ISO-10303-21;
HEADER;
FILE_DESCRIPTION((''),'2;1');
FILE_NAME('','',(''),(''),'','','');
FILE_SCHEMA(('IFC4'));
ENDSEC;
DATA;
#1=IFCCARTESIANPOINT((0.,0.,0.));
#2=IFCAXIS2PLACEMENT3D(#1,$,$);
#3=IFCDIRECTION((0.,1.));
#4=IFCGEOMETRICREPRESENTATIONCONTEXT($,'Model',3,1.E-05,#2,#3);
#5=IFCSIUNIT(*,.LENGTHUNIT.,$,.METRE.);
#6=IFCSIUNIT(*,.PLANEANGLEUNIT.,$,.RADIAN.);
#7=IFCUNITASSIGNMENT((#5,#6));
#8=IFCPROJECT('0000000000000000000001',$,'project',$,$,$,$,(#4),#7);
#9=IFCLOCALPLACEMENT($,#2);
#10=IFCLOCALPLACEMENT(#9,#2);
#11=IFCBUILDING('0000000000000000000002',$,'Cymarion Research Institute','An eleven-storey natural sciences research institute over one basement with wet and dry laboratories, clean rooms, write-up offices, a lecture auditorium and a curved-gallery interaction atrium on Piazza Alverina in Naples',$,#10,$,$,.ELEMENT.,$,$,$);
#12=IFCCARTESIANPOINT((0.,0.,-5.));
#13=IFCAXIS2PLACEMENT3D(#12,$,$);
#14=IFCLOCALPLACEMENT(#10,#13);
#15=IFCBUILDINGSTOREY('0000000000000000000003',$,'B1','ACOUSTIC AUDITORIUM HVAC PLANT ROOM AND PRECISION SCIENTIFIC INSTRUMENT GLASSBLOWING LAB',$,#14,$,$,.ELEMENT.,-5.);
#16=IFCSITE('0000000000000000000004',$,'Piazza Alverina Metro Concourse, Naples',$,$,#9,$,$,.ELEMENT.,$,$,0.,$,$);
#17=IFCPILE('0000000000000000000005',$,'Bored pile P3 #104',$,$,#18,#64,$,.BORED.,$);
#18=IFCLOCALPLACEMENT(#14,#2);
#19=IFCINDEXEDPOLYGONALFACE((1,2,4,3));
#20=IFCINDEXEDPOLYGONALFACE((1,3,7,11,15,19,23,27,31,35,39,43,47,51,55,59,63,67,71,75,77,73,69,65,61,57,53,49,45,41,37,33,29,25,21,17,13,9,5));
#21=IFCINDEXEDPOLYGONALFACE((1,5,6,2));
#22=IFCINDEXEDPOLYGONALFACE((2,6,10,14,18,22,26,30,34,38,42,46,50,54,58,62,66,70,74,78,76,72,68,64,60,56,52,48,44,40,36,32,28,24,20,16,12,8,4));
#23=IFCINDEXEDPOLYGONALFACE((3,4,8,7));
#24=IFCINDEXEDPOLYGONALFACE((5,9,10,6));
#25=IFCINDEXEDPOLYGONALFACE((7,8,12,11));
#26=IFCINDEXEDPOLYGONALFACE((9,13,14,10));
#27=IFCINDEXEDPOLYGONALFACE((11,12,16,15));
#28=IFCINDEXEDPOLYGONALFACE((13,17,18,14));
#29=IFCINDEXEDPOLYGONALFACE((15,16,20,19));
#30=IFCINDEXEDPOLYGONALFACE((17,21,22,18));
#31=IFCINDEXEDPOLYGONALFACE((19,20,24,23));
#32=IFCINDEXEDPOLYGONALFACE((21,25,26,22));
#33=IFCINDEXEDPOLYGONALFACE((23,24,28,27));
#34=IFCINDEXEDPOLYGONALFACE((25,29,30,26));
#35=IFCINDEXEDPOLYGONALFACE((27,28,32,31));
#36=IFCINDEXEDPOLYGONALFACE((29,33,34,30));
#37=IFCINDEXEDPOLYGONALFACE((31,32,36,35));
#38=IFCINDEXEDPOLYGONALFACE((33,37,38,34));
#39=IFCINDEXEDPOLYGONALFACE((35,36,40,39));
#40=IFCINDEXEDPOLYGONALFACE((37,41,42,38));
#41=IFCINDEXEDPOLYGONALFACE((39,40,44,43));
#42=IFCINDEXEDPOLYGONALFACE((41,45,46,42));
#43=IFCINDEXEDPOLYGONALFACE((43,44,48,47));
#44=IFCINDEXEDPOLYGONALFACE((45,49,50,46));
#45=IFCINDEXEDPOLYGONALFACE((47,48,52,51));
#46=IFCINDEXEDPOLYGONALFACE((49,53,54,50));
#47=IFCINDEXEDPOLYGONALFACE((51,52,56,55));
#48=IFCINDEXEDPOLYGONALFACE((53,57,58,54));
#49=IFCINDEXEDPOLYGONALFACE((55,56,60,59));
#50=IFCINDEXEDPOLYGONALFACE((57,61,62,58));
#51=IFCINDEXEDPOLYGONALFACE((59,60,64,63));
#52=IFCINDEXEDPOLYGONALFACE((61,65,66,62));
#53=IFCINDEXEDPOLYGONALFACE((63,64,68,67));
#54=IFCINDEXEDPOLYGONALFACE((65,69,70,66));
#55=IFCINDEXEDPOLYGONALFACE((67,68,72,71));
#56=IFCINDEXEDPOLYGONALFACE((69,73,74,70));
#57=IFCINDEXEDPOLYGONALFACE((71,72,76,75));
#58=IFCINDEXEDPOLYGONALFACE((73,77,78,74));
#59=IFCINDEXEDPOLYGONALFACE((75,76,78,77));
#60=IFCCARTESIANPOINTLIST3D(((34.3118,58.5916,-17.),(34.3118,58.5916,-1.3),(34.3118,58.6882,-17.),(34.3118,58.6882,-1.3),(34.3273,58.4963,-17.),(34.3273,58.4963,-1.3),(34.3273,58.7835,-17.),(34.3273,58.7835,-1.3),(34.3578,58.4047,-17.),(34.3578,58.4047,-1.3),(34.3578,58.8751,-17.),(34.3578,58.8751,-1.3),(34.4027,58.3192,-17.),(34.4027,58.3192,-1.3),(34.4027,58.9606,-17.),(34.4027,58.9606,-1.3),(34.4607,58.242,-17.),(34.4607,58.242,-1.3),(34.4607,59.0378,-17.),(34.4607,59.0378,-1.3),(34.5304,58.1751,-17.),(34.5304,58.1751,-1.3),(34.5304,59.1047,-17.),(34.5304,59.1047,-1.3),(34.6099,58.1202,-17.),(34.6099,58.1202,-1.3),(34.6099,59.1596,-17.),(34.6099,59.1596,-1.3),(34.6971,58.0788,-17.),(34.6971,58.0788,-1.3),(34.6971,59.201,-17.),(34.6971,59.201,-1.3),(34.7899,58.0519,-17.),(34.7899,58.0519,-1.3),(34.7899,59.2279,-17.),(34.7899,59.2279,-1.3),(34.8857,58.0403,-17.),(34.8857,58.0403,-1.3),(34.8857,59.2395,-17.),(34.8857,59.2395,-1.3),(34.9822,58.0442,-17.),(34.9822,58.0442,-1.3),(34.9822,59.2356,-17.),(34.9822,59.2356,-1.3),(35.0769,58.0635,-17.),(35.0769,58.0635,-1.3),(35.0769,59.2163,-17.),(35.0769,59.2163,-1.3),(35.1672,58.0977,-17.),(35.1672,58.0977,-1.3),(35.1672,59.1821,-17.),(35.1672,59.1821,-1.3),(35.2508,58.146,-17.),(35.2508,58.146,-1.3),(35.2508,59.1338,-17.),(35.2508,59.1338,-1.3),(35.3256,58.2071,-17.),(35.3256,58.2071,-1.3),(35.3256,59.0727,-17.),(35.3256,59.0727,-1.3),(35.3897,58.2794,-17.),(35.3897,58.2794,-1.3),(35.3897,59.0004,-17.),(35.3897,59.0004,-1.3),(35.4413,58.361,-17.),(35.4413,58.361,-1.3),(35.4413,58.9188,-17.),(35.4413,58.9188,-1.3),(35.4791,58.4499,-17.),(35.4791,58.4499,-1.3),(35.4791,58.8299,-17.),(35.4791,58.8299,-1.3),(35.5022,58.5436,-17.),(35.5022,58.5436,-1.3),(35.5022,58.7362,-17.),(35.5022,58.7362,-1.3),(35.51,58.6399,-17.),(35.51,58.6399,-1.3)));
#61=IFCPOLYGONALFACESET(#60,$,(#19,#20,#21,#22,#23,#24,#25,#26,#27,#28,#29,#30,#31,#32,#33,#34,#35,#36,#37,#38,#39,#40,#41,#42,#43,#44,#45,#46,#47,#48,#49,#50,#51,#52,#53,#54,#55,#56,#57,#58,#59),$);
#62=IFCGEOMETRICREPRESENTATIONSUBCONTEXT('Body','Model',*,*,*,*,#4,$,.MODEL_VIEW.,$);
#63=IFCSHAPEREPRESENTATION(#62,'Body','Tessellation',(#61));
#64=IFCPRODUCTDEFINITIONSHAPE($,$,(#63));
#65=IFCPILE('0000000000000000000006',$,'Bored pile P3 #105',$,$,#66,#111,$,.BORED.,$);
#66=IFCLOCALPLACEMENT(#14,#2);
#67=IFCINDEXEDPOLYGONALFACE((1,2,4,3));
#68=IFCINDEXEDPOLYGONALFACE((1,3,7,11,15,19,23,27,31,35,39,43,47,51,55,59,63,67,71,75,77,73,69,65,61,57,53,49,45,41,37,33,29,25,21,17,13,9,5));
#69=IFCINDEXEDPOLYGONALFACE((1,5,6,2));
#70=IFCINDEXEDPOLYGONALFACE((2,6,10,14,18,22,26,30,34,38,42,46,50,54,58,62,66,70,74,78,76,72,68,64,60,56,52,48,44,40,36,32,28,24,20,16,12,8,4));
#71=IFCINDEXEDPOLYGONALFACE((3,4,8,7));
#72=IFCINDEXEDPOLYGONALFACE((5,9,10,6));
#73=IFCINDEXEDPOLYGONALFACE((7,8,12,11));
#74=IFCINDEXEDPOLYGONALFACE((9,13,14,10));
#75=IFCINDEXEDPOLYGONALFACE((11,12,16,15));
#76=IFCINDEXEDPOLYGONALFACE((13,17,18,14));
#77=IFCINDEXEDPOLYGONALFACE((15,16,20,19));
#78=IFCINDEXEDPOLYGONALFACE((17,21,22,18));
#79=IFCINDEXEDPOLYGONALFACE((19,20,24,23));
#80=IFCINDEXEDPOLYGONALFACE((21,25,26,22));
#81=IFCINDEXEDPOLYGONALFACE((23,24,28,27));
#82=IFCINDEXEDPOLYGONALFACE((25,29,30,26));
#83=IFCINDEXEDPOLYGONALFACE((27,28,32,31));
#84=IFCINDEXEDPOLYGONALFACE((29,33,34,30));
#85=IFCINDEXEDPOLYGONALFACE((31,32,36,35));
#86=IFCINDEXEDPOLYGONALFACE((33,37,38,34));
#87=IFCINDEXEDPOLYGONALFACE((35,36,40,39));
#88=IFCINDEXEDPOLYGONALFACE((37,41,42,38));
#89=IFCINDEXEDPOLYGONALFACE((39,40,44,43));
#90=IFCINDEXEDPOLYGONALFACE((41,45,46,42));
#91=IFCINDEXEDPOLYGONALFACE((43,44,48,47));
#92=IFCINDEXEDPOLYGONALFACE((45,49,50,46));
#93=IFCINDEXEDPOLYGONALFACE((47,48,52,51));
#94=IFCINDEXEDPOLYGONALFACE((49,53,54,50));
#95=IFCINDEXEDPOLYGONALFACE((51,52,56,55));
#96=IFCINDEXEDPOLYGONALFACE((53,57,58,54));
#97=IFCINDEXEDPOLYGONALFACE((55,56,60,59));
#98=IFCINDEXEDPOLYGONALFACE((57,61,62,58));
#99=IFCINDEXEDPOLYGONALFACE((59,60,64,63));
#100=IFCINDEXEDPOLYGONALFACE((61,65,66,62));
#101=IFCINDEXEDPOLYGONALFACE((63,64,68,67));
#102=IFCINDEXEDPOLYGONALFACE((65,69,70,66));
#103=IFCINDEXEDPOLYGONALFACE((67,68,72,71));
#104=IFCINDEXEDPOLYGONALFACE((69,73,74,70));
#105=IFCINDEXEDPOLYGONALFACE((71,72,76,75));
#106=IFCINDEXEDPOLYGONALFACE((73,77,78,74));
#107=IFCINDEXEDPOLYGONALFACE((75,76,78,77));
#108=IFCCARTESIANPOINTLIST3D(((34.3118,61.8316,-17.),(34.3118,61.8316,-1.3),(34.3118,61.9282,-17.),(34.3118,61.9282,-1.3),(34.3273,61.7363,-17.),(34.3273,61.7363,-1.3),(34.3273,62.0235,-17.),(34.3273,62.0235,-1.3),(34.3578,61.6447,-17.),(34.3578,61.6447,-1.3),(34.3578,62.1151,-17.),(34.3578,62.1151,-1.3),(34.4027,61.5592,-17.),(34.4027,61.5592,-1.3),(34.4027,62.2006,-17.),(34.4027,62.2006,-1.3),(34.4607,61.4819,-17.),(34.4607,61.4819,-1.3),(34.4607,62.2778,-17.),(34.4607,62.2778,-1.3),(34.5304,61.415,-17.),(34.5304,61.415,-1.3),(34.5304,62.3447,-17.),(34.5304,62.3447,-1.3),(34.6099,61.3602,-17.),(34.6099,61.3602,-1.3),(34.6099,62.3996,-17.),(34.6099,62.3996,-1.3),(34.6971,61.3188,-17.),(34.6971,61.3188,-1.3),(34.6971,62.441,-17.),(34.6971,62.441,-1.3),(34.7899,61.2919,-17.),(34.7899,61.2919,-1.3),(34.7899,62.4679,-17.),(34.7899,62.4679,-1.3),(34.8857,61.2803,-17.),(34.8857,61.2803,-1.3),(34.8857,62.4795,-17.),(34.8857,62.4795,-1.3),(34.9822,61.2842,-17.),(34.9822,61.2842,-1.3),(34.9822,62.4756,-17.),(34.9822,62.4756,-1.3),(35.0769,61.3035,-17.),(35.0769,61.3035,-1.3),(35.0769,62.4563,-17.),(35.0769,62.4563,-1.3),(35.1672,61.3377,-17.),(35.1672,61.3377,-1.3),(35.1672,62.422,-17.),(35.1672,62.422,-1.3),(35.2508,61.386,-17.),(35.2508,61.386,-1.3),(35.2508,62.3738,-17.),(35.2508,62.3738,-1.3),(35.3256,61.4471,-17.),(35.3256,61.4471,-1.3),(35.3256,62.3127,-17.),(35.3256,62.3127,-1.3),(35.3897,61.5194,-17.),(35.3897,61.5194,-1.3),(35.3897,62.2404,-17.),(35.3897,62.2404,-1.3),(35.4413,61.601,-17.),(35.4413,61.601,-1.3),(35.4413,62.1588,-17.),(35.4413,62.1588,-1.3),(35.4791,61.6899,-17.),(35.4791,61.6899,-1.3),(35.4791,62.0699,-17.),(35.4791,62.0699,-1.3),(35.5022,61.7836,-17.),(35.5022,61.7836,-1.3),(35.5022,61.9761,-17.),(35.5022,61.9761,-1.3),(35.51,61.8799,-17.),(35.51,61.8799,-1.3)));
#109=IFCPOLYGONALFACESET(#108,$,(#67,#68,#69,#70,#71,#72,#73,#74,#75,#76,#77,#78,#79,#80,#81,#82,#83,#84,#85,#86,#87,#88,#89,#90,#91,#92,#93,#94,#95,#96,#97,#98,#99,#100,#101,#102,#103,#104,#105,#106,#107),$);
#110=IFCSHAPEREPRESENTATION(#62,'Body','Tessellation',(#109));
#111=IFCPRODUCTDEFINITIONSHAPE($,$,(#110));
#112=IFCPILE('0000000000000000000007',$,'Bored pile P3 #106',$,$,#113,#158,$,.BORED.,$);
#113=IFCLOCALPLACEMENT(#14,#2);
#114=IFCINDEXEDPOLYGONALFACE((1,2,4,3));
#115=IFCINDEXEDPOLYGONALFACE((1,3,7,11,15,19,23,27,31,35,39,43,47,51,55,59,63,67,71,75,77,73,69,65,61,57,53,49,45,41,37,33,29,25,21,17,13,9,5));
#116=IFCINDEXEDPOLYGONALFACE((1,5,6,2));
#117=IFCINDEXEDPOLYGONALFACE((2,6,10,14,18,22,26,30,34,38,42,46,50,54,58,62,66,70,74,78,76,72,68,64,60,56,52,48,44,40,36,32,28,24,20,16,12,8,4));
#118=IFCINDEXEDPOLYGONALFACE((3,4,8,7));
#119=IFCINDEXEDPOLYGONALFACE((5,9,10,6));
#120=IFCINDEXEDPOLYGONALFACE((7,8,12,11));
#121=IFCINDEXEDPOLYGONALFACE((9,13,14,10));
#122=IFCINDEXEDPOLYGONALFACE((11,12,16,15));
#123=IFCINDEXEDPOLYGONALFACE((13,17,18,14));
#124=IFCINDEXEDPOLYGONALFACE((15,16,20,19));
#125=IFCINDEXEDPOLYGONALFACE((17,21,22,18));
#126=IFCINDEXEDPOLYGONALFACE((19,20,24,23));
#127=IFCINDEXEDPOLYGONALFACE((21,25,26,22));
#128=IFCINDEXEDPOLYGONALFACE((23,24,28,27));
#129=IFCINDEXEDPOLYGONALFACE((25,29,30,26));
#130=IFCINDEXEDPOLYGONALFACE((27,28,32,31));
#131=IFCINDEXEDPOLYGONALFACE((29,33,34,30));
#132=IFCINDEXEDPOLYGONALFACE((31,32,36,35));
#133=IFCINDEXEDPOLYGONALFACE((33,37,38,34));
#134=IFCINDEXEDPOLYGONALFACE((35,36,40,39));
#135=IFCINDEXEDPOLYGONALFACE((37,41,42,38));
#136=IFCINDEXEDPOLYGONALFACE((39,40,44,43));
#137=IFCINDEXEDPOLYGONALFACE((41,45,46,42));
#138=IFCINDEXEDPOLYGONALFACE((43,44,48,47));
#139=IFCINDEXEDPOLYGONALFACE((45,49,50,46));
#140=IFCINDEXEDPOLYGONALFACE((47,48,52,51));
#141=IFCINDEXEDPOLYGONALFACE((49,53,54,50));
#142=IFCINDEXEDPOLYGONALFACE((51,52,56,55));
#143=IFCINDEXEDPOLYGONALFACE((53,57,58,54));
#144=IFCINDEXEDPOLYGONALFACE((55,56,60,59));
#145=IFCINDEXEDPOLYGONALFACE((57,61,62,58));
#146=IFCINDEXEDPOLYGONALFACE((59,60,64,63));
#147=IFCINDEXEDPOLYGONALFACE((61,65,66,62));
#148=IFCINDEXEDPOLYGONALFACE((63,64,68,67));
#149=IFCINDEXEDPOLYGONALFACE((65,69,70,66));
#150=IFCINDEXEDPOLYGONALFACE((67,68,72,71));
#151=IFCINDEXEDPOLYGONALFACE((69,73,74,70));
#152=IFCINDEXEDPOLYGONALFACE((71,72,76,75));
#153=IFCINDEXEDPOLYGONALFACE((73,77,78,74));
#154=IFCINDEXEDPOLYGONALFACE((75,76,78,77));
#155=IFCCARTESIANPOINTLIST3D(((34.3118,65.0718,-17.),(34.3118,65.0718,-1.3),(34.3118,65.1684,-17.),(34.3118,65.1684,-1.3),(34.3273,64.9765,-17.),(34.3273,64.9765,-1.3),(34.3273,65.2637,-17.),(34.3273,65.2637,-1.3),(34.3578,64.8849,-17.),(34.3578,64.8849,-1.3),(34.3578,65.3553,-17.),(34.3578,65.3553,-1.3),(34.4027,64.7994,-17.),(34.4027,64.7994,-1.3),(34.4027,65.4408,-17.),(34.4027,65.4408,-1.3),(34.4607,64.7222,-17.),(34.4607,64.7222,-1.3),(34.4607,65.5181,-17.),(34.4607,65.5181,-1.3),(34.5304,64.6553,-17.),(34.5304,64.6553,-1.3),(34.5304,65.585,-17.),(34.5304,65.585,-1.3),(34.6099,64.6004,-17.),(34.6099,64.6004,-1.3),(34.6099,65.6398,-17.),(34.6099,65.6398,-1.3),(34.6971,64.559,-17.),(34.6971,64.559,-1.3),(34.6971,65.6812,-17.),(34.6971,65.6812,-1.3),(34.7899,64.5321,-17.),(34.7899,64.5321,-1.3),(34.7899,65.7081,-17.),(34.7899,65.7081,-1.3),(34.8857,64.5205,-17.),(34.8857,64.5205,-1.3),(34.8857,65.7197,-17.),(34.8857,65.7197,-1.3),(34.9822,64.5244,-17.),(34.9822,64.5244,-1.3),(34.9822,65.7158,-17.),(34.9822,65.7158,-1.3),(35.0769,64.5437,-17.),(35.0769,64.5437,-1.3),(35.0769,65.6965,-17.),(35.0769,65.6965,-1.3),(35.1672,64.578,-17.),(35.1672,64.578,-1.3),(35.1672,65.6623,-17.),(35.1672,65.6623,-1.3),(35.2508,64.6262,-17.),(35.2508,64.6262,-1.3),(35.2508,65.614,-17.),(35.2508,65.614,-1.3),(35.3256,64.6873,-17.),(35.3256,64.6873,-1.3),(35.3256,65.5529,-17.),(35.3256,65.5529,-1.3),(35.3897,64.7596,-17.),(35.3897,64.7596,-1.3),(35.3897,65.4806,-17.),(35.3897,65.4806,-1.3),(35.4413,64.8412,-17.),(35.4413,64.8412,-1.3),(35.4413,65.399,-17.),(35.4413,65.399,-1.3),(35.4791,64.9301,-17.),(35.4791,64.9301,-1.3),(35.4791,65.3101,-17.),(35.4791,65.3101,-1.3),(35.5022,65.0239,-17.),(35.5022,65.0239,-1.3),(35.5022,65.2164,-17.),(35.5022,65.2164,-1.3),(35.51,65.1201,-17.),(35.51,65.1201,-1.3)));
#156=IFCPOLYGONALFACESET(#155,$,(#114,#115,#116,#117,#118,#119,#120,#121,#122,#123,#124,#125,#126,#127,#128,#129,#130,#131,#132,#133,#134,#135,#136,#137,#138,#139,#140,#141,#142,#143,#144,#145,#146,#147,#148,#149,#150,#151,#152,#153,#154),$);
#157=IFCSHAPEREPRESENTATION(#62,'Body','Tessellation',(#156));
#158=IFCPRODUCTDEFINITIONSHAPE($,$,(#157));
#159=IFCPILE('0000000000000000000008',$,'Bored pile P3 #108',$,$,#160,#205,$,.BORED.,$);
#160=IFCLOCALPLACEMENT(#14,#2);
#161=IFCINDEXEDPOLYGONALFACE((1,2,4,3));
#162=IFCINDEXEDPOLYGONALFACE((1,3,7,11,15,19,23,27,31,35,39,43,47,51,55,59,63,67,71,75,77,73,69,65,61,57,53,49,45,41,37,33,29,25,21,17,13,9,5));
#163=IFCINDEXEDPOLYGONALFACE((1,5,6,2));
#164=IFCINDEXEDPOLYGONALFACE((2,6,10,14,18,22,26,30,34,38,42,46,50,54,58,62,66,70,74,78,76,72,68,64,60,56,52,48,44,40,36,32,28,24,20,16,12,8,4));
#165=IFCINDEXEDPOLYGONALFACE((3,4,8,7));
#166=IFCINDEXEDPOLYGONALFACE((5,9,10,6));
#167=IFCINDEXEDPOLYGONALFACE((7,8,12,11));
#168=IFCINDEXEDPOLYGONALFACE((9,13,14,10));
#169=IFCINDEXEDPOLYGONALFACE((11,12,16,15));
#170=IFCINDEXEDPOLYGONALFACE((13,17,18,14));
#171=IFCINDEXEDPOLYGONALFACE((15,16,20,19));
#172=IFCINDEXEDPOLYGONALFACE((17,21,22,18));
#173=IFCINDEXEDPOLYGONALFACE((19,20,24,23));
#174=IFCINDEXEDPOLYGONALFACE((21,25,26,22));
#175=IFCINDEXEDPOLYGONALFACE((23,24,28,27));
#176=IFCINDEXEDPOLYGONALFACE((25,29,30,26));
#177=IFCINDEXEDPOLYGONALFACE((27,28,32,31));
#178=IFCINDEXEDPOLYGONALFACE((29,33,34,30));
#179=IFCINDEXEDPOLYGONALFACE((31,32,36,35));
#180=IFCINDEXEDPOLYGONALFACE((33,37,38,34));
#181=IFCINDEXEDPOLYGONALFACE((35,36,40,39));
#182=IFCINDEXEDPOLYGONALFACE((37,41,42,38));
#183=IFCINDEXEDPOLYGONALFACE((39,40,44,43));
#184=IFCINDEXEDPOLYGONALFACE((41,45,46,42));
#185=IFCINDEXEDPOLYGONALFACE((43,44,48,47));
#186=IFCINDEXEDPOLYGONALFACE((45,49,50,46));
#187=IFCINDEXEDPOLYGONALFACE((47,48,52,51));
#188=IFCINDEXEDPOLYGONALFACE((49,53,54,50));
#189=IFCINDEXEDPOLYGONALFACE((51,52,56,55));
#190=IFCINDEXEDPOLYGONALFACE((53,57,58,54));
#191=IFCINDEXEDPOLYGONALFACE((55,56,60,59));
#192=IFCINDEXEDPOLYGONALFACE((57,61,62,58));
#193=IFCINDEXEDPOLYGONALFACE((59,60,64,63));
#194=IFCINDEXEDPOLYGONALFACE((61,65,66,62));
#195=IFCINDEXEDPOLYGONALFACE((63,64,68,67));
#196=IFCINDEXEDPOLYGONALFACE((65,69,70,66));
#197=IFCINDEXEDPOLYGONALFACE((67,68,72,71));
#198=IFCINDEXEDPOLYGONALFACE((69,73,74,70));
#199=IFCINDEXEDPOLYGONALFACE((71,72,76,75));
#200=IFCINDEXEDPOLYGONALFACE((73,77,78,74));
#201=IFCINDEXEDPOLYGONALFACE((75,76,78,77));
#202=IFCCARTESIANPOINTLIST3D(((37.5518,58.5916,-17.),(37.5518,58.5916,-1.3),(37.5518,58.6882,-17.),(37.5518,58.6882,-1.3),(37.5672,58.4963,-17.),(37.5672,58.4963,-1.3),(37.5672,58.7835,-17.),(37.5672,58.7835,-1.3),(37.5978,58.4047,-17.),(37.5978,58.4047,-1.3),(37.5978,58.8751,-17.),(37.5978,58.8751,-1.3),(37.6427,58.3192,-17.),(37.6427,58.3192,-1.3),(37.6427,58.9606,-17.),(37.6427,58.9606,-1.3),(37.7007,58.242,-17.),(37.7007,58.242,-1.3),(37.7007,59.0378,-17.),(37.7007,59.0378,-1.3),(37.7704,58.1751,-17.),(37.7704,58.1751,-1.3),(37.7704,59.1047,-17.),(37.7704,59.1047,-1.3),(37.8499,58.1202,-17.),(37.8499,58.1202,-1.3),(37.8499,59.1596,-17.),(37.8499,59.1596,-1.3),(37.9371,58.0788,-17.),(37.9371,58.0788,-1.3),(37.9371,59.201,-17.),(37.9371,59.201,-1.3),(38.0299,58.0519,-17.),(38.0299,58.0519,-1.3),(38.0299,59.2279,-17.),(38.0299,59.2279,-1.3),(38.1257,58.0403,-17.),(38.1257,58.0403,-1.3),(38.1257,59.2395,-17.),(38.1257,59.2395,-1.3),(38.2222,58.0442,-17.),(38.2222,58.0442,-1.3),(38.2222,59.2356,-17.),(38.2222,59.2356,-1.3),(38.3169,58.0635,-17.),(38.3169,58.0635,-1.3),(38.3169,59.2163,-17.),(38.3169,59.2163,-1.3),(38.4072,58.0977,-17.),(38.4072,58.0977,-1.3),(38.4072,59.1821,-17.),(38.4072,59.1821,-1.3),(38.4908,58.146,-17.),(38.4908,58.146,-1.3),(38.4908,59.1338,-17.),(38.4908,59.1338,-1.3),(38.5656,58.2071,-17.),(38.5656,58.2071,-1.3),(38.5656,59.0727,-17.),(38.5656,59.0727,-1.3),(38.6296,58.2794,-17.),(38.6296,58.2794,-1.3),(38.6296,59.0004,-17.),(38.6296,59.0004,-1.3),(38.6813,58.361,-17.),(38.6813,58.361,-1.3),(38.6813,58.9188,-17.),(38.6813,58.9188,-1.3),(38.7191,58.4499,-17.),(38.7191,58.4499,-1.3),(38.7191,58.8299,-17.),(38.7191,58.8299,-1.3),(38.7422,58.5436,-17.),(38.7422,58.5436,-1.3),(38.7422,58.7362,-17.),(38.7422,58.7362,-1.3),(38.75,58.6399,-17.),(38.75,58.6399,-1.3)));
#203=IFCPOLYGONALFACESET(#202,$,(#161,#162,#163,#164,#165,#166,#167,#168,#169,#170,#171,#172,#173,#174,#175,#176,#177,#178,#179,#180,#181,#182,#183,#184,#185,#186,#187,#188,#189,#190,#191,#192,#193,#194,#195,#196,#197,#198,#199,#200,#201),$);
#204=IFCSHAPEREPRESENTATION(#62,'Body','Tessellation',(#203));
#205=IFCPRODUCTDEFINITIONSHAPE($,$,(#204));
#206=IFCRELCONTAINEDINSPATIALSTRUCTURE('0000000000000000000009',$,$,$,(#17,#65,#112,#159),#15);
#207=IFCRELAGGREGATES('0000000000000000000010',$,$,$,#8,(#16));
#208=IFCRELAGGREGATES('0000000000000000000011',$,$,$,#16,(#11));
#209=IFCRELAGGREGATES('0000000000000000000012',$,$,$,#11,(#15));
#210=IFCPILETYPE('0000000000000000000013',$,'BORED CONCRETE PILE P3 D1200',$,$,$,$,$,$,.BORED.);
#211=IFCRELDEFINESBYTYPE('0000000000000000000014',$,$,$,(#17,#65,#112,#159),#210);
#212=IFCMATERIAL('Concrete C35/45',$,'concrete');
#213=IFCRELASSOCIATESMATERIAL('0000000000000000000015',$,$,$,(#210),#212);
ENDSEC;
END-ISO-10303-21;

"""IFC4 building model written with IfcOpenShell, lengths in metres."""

from ifc_helpers import new_model, si_unit, direction, frame, origin, origin_2d, place, context, subcontext, project, spatial, circle, extrude, material, material_profile, profile_set, type_object, element, save


model = new_model("IFC4")

# Units and contexts
model_context = context("Model", 3, precision=1e-05, world=origin(), true_north=direction((0.0, 1.0)))
body_context = subcontext(model_context, "Body", "Model", "MODEL_VIEW")
ifc_project = project(units=[si_unit("LENGTHUNIT", "METRE"), si_unit("PLANEANGLEUNIT", "RADIAN")], contexts=[model_context])

# Site, building, storey
site_placement = place(None, origin())
site = spatial("IfcSite", under=ifc_project, at=site_placement, Name="Piazza Alverina Metro Concourse, Naples", CompositionType="ELEMENT", RefElevation=0.0)
building_placement = place(site_placement, origin())
building = spatial("IfcBuilding", under=site, at=building_placement, Name="Cymarion Research Institute", Description="An eleven-storey natural sciences research institute over one basement with wet and dry laboratories, clean rooms, write-up offices, a lecture auditorium and a curved-gallery interaction atrium on Piazza Alverina in Naples", CompositionType="ELEMENT")
storey_placement = place(building_placement, frame((0.0, 0.0, -5.0)))
storey = spatial("IfcBuildingStorey", under=building, at=storey_placement, Name="B1", Description="ACOUSTIC AUDITORIUM HVAC PLANT ROOM AND PRECISION SCIENTIFIC INSTRUMENT GLASSBLOWING LAB", CompositionType="ELEMENT", Elevation=-5.0)

# Piles
ifc_material_1 = material(Name="Concrete C35/45", Category="concrete")
ifc_material_profile_1 = material_profile(ifc_material_1, circle(Radius=0.6001, at=origin_2d()), Name="BORED PILE D1200")
ifc_profile_set_1 = profile_set([ifc_material_profile_1], Name="Concrete C35/45")
pile_type = type_object("IfcPileType", Name="BORED CONCRETE PILE P3 D1200", PredefinedType="BORED", material=ifc_profile_set_1)
for number, where, z_axis, x_axis, name in (
    (1, (34.9099, 58.6399, -1.3), (0.0, 0.0, -1.0), (1.0, 0.0, 0.0), "Bored pile P3 #104"),
    (2, (34.9099, 61.8799, -1.3), (0.0, 0.0, -1.0), (1.0, 0.0, 0.0), "Bored pile P3 #105"),
    (3, (34.9099, 65.1201, -1.3), (0.0, 0.0, -1.0), (1.0, 0.0, 0.0), "Bored pile P3 #106"),
    (4, (38.1499, 58.6399, -1.3), (0.0, 0.0, -1.0), (1.0, 0.0, 0.0), "Bored pile P3 #108"),
):
    element("IfcPile", number, at=place(storey_placement, frame(where, z_axis=z_axis, x_axis=x_axis)), inside=storey, type_object=pile_type, Name=name, PredefinedType="BORED", context=body_context, shape_type="SweptSolid", body=[
        extrude(circle(Radius=0.6001, at=origin_2d()), origin(), (0.0, 0.0, 1.0), 15.7),
    ])

save(model, "model.ifc")
